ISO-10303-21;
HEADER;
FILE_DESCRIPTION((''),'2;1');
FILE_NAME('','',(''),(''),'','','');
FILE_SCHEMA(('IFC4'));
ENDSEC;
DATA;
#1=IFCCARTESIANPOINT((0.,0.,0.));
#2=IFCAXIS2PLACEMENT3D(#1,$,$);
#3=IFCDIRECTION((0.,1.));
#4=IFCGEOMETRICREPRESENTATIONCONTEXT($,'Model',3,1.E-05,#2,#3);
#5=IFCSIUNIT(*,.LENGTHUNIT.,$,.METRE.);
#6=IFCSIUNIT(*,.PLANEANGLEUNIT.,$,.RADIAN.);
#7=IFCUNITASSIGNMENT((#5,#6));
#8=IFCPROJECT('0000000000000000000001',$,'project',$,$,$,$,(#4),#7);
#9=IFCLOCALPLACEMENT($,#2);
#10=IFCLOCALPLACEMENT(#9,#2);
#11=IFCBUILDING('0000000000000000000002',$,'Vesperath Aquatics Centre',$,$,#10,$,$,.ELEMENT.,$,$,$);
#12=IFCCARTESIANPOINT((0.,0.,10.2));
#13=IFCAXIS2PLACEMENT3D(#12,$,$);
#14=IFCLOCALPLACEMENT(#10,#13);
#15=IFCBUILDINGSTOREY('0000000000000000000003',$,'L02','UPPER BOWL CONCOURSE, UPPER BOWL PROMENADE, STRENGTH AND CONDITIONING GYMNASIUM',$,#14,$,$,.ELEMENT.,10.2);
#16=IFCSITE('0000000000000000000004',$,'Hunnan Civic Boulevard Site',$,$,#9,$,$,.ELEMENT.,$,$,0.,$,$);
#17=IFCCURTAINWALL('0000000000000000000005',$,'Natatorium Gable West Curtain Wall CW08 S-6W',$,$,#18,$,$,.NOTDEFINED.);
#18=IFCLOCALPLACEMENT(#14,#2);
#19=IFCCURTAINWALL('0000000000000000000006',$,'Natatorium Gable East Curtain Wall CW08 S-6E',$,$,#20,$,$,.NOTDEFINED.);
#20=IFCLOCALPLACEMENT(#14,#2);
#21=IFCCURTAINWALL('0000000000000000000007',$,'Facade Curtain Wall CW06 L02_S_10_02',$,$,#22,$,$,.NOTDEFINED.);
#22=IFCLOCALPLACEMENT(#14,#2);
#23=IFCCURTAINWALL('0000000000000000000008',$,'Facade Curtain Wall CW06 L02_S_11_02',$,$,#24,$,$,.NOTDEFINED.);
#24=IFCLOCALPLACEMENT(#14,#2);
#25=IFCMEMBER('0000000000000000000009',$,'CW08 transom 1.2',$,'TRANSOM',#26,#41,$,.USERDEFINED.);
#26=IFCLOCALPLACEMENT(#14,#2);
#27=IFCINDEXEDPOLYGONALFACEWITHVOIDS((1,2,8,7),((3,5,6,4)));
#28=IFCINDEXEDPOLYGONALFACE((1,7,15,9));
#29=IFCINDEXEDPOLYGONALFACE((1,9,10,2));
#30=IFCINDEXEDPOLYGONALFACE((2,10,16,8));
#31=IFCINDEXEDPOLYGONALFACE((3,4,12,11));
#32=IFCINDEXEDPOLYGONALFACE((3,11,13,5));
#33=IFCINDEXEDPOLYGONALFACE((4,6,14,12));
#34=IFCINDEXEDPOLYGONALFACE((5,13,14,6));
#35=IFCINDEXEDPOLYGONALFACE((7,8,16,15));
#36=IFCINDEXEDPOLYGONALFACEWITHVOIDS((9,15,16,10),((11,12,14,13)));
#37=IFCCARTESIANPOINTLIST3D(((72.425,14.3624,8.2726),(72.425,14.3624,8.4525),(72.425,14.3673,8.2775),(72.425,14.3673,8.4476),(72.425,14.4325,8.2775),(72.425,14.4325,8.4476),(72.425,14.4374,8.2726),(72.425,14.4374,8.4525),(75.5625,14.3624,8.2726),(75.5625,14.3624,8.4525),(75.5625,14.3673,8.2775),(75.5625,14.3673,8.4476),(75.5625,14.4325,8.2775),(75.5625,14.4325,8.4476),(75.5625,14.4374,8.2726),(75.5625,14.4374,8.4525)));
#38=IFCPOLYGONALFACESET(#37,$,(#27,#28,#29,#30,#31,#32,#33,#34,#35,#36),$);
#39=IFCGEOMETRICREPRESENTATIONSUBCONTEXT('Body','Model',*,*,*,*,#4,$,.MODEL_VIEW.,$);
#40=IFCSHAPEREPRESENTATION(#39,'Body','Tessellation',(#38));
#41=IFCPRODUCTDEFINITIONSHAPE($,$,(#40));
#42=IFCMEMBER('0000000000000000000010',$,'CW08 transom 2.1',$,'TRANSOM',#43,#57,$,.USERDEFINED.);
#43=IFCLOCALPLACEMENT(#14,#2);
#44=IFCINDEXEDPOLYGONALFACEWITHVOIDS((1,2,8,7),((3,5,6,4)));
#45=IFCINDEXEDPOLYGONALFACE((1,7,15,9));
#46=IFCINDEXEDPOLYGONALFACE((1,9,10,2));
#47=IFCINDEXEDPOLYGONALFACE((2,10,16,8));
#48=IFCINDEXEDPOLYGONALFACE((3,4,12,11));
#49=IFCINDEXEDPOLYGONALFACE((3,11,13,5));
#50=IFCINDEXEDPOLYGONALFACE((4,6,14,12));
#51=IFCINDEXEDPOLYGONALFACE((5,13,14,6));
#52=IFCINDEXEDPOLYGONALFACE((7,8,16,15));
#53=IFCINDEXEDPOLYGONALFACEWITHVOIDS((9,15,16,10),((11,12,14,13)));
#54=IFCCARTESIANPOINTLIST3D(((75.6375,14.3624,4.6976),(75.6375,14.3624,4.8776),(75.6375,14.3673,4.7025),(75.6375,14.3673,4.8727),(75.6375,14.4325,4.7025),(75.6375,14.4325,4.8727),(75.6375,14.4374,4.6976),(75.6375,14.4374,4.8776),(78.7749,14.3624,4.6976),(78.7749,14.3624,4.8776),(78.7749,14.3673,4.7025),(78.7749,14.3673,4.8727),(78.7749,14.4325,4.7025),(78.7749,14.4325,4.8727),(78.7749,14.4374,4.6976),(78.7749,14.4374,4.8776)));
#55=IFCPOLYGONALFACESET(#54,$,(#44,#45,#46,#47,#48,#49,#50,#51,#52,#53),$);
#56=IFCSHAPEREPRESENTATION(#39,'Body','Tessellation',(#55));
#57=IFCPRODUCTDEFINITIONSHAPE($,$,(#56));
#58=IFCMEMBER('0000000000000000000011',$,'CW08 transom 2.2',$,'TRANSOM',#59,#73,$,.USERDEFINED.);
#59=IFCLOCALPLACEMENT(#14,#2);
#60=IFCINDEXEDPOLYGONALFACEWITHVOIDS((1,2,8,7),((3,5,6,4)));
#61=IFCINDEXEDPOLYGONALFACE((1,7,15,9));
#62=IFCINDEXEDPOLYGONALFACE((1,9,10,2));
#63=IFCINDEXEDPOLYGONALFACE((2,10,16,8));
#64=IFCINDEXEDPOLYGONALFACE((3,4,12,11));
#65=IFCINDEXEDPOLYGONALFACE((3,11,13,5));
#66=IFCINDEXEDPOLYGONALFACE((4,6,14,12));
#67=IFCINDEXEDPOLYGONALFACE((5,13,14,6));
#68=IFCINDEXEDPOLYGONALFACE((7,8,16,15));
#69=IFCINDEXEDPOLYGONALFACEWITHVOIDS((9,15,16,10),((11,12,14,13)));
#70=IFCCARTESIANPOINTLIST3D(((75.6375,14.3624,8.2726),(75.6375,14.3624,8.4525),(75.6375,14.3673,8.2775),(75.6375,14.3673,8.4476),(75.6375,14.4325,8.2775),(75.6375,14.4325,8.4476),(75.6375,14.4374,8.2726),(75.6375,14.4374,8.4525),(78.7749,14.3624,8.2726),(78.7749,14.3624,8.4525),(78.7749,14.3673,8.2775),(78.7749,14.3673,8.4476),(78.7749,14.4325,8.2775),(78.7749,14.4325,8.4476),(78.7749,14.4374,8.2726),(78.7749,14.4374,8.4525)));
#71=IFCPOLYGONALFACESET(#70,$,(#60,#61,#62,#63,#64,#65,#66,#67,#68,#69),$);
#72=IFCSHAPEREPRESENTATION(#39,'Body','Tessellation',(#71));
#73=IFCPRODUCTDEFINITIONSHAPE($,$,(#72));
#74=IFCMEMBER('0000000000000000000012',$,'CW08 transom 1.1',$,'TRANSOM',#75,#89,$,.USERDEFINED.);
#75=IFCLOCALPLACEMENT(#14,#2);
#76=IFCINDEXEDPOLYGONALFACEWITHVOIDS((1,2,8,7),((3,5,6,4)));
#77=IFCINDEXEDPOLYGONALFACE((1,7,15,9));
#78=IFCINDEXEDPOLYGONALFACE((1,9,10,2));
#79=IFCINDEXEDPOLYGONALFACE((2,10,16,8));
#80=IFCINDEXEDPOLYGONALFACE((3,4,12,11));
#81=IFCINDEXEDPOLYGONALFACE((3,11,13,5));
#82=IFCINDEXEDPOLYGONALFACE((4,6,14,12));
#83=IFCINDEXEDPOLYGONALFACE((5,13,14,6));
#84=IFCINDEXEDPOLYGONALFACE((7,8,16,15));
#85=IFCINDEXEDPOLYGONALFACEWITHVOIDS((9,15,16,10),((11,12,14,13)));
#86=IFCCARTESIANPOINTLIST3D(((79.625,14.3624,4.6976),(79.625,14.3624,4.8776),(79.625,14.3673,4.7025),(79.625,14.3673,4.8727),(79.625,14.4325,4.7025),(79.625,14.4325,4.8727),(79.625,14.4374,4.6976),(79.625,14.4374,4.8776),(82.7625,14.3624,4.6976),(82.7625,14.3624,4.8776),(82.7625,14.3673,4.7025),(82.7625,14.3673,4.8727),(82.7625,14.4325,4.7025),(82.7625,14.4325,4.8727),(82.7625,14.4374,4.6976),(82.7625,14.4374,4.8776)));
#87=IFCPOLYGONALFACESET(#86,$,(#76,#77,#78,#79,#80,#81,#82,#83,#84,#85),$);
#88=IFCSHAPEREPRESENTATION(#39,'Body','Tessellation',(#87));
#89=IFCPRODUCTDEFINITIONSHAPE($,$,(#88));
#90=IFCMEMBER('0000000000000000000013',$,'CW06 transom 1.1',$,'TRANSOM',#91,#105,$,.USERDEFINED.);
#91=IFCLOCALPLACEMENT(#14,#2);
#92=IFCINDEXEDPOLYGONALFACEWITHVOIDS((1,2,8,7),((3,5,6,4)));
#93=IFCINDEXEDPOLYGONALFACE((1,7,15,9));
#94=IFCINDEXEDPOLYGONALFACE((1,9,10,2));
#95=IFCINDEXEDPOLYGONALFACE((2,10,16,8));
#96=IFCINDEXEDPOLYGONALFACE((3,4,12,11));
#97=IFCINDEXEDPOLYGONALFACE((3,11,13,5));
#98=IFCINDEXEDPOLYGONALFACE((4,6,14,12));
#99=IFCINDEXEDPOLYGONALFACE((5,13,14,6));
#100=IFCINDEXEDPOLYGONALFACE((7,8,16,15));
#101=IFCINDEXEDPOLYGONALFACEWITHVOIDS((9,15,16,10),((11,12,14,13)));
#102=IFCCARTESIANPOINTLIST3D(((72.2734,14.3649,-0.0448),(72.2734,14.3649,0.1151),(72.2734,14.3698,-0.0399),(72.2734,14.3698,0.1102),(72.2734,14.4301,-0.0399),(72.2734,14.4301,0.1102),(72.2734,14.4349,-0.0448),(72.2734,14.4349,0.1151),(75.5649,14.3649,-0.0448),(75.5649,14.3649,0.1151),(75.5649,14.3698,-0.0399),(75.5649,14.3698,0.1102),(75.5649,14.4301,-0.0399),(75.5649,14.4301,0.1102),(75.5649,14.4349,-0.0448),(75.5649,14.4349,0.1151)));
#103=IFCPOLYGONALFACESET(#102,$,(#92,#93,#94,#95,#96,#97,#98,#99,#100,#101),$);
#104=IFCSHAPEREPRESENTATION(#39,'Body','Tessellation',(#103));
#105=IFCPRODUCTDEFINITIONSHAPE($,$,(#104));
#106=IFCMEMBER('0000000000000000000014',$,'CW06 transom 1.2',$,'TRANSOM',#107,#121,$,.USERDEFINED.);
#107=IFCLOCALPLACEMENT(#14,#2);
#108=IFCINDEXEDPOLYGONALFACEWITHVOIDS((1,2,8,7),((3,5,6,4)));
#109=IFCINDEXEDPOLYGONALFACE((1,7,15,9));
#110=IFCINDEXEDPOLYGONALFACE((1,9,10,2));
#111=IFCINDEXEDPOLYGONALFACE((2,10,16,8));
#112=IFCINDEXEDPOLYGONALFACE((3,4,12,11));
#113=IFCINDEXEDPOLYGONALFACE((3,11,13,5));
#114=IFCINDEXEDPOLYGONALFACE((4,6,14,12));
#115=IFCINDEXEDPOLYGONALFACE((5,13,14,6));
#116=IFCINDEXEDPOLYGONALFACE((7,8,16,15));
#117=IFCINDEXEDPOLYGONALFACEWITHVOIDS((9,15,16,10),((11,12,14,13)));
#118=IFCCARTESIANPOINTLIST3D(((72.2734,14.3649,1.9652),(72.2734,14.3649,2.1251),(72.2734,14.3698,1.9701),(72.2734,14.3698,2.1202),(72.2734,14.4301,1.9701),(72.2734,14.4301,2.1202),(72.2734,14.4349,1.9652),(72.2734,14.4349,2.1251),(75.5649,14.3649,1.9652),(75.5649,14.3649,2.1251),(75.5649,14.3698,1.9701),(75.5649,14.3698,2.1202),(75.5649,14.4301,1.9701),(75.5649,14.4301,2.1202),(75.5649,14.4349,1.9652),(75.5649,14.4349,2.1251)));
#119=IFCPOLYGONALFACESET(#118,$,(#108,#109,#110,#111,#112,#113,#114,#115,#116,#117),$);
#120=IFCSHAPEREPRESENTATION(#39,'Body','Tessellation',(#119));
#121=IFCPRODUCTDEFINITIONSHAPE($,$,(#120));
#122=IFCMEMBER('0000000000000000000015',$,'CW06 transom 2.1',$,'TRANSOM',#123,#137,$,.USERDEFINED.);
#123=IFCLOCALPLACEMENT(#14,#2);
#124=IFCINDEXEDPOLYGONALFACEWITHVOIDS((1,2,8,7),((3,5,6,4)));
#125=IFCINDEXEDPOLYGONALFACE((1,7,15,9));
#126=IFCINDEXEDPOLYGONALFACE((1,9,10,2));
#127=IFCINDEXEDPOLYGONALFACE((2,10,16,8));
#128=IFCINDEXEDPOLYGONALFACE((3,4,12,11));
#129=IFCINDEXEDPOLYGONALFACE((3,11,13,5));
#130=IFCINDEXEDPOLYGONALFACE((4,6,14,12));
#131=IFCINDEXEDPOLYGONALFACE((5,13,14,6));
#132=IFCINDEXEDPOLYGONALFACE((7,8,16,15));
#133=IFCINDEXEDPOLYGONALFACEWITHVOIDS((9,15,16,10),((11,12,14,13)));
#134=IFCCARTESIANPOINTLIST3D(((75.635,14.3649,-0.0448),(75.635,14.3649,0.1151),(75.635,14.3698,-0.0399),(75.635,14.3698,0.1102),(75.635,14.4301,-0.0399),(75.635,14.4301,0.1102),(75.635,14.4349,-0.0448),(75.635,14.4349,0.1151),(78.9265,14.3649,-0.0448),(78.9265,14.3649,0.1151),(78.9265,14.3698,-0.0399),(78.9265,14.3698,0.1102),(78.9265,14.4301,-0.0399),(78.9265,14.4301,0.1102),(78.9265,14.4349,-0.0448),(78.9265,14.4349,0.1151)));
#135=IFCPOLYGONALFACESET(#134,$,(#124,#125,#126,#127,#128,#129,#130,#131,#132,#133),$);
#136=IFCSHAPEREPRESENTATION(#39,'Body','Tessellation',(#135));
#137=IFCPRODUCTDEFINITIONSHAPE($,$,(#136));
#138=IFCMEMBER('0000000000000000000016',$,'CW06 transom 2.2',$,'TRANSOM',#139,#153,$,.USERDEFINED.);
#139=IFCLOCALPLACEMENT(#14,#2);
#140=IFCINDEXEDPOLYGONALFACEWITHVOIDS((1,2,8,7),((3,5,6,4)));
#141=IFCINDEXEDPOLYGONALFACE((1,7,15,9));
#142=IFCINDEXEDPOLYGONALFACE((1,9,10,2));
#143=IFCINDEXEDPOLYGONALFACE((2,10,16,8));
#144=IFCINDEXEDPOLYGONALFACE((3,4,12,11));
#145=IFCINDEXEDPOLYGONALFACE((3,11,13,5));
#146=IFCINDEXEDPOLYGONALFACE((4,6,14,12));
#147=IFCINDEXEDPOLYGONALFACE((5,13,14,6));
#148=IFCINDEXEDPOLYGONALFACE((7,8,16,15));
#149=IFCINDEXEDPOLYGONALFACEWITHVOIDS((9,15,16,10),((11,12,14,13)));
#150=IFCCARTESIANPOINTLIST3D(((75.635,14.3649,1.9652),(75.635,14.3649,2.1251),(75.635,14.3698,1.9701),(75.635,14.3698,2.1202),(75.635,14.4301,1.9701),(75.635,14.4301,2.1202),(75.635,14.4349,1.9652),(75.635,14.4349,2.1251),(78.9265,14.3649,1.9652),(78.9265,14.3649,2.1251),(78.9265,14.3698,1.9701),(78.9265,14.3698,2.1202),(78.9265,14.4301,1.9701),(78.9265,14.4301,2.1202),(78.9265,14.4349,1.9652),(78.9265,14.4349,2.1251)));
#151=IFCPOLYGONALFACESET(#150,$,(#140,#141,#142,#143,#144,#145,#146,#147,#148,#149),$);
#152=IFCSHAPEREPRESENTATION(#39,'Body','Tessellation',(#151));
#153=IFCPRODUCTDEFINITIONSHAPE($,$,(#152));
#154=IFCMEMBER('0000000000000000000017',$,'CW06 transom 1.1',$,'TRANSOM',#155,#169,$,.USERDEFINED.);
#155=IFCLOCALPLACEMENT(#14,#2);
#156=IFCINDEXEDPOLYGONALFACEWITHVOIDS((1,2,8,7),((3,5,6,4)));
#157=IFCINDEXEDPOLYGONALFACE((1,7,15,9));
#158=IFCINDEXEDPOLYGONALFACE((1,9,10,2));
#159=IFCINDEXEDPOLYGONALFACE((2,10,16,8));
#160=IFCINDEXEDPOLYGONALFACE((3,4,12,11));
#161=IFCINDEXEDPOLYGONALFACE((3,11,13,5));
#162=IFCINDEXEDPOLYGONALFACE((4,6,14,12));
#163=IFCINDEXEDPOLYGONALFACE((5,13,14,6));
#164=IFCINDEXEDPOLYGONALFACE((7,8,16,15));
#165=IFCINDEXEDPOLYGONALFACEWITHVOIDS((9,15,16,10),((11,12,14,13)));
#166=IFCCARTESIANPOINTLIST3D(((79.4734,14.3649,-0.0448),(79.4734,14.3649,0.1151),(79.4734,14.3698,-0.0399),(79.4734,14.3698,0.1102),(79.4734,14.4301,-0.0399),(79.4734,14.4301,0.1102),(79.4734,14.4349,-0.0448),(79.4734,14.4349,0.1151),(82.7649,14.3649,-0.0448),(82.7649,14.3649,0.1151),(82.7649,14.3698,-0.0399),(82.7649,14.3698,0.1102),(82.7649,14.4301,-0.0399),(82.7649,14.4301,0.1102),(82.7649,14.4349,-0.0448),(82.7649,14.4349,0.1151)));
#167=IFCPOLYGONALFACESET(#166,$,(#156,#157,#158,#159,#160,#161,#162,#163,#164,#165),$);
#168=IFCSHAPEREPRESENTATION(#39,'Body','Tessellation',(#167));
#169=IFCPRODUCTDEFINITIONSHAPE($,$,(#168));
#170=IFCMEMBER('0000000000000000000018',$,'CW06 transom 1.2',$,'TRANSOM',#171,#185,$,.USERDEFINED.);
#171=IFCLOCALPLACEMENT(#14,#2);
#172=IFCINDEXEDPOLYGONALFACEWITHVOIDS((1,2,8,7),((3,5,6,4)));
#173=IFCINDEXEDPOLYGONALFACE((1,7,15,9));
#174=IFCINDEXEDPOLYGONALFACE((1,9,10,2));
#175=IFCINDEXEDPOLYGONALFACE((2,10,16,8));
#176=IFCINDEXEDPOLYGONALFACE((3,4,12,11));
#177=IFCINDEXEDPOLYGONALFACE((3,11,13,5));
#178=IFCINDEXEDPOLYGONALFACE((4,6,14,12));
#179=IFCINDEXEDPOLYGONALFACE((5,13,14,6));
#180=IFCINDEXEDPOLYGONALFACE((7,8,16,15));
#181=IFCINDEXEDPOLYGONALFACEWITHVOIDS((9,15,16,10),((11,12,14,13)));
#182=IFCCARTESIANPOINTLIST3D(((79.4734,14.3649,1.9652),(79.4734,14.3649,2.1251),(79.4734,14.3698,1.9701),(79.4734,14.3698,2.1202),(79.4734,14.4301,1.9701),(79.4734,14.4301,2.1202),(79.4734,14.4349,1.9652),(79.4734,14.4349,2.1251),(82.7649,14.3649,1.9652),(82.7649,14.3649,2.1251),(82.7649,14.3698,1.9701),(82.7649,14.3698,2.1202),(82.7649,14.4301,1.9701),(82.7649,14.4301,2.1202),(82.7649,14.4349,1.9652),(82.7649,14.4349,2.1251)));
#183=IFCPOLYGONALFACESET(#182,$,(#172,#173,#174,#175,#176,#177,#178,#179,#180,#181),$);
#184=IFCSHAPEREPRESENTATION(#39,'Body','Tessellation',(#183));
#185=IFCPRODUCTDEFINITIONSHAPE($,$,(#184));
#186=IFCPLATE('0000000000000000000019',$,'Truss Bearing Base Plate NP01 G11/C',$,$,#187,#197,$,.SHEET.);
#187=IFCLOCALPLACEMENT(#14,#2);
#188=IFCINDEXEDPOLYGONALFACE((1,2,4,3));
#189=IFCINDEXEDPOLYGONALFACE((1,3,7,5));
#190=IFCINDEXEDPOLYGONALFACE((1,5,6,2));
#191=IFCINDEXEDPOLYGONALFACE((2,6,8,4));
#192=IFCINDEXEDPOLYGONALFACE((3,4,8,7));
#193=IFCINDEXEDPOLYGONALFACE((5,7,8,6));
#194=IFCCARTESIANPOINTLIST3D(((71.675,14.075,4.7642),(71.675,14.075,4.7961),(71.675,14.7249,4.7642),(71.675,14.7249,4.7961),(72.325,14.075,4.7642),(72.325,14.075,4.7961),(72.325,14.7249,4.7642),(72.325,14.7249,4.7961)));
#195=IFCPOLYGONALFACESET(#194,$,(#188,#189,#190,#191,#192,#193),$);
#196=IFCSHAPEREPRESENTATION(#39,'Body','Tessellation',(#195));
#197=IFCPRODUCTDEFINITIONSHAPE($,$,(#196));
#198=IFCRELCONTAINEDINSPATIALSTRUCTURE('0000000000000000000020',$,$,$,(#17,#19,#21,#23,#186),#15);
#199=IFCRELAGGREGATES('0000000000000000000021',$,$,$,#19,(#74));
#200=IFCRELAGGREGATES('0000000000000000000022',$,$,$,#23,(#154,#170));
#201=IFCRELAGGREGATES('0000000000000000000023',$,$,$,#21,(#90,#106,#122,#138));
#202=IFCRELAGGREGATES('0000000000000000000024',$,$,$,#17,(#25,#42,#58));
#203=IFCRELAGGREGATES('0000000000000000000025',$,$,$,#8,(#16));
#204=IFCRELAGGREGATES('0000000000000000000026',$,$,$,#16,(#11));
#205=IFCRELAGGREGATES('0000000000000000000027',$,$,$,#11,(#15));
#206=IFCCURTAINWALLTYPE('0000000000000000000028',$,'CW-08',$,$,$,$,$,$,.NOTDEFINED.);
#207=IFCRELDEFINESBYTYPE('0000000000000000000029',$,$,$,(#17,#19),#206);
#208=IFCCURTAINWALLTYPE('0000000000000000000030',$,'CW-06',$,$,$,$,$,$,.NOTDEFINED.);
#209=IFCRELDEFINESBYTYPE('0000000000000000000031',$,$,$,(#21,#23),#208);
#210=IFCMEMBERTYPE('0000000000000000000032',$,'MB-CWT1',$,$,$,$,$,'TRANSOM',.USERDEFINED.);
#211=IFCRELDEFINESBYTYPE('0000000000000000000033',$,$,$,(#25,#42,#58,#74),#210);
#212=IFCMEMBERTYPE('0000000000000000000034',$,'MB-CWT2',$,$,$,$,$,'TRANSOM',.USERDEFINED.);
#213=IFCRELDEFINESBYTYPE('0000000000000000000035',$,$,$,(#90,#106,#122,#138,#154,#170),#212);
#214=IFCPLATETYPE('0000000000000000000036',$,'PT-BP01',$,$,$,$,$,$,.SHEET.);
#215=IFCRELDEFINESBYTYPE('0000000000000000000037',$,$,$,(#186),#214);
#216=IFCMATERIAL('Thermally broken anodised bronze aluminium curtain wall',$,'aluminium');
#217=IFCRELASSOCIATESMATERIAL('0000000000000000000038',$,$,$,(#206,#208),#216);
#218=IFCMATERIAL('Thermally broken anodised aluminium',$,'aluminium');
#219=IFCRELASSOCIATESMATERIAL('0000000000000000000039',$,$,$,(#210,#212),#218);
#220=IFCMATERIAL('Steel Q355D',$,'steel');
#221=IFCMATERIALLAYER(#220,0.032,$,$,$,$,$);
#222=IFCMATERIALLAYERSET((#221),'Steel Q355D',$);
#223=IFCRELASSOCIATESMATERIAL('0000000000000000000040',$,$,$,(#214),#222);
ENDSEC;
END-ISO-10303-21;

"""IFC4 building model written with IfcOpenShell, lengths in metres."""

from ifc_helpers import new_model, si_unit, direction, frame, origin, origin_2d, place, context, subcontext, project, spatial, rectangle, hollow_rectangle, extrude, material, layer, layer_set, material_profile, profile_set, type_object, element, aggregate, save


model = new_model("IFC4")

# Units and contexts
model_context = context("Model", 3, precision=1e-05, world=origin(), true_north=direction((0.0, 1.0)))
body_context = subcontext(model_context, "Body", "Model", "MODEL_VIEW")
ifc_project = project(units=[si_unit("LENGTHUNIT", "METRE"), si_unit("PLANEANGLEUNIT", "RADIAN")], contexts=[model_context])

# Site, building, storey
site_placement = place(None, origin())
site = spatial("IfcSite", under=ifc_project, at=site_placement, Name="Hunnan Civic Boulevard Site", CompositionType="ELEMENT", RefElevation=0.0)
building_placement = place(site_placement, origin())
building = spatial("IfcBuilding", under=site, at=building_placement, Name="Vesperath Aquatics Centre", CompositionType="ELEMENT")
storey_placement = place(building_placement, frame((0.0, 0.0, 10.2)))
storey = spatial("IfcBuildingStorey", under=building, at=storey_placement, Name="L02", Description="UPPER BOWL CONCOURSE, UPPER BOWL PROMENADE, STRENGTH AND CONDITIONING GYMNASIUM", CompositionType="ELEMENT", Elevation=10.2)

# Shared definitions
ifc_material_1 = material(Name="Steel Q355D", Category="steel")

# Shared definitions
ifc_material_2 = material(Name="Thermally broken anodised bronze aluminium curtain wall", Category="aluminium")
curtain_wall_type_1 = type_object("IfcCurtainWallType", Name="CW-08", PredefinedType="NOTDEFINED", material=ifc_material_2)
ifc_material_3 = material(Name="Thermally broken anodised aluminium", Category="aluminium")

# Curtain wall
curtain_wall_1_placement = place(storey_placement, origin())
curtain_wall_1 = element("IfcCurtainWall", 1, at=curtain_wall_1_placement, inside=storey, type_object=curtain_wall_type_1, Name="Natatorium Gable West Curtain Wall CW08 S-6W", PredefinedType="NOTDEFINED")

# Curtain wall
curtain_wall_2_placement = place(storey_placement, origin())
curtain_wall_2 = element("IfcCurtainWall", 2, at=curtain_wall_2_placement, inside=storey, type_object=curtain_wall_type_1, Name="Natatorium Gable East Curtain Wall CW08 S-6E", PredefinedType="NOTDEFINED")
curtain_wall_type_2 = type_object("IfcCurtainWallType", Name="CW-06", PredefinedType="NOTDEFINED", material=ifc_material_2)

# Curtain wall
curtain_wall_3_placement = place(storey_placement, origin())
curtain_wall_3 = element("IfcCurtainWall", 3, at=curtain_wall_3_placement, inside=storey, type_object=curtain_wall_type_2, Name="Facade Curtain Wall CW06 L02_S_10_02", PredefinedType="NOTDEFINED")

# Curtain wall
curtain_wall_4_placement = place(storey_placement, origin())
curtain_wall_4 = element("IfcCurtainWall", 4, at=curtain_wall_4_placement, inside=storey, type_object=curtain_wall_type_2, Name="Facade Curtain Wall CW06 L02_S_11_02", PredefinedType="NOTDEFINED")

# Members
ifc_material_profile_1 = material_profile(ifc_material_3, hollow_rectangle(XDim=0.075, YDim=0.1799, WallThickness=0.0049, at=origin_2d()), Name="CWT 75x180x5")
ifc_profile_set_1 = profile_set([ifc_material_profile_1], Name="Thermally broken anodised aluminium")
member_type_1 = type_object("IfcMemberType", Name="MB-CWT1", ElementType="TRANSOM", PredefinedType="USERDEFINED", material=ifc_profile_set_1)
member_1_placement = place(storey_placement, frame((72.425, 14.3999, 8.3625), z_axis=(1.0, 0.0, 0.0), x_axis=(0.0, 1.0, 0.0)))
member_1 = element("IfcMember", 5, at=member_1_placement, type_object=member_type_1, Name="CW08 transom 1.2", ObjectType="TRANSOM", PredefinedType="USERDEFINED", context=body_context, shape_type="SweptSolid", body=[
    extrude(hollow_rectangle(XDim=0.075, YDim=0.1799, WallThickness=0.0049, at=origin_2d()), origin(), (0.0, 0.0, 1.0), 3.1375),
])
member_2_placement = place(storey_placement, frame((75.6375, 14.3999, 4.7876), z_axis=(1.0, 0.0, 0.0), x_axis=(0.0, 1.0, 0.0)))
member_2 = element("IfcMember", 6, at=member_2_placement, type_object=member_type_1, Name="CW08 transom 2.1", ObjectType="TRANSOM", PredefinedType="USERDEFINED", context=body_context, shape_type="SweptSolid", body=[
    extrude(hollow_rectangle(XDim=0.075, YDim=0.1799, WallThickness=0.0049, at=origin_2d()), origin(), (0.0, 0.0, 1.0), 3.1375),
])
member_3_placement = place(storey_placement, frame((75.6375, 14.3999, 8.3625), z_axis=(1.0, 0.0, 0.0), x_axis=(0.0, 1.0, 0.0)))
member_3 = element("IfcMember", 7, at=member_3_placement, type_object=member_type_1, Name="CW08 transom 2.2", ObjectType="TRANSOM", PredefinedType="USERDEFINED", context=body_context, shape_type="SweptSolid", body=[
    extrude(hollow_rectangle(XDim=0.075, YDim=0.1799, WallThickness=0.0049, at=origin_2d()), origin(), (0.0, 0.0, 1.0), 3.1375),
])
member_4_placement = place(storey_placement, frame((79.625, 14.3999, 4.7876), z_axis=(1.0, 0.0, 0.0), x_axis=(0.0, 1.0, 0.0)))
member_4 = element("IfcMember", 8, at=member_4_placement, type_object=member_type_1, Name="CW08 transom 1.1", ObjectType="TRANSOM", PredefinedType="USERDEFINED", context=body_context, shape_type="SweptSolid", body=[
    extrude(hollow_rectangle(XDim=0.075, YDim=0.1799, WallThickness=0.0049, at=origin_2d()), origin(), (0.0, 0.0, 1.0), 3.1375),
])
aggregate(curtain_wall_2, [member_4])
ifc_material_profile_2 = material_profile(ifc_material_3, hollow_rectangle(XDim=0.0701, YDim=0.1599, WallThickness=0.0049, at=origin_2d()), Name="CWT 70x160x5")
ifc_profile_set_2 = profile_set([ifc_material_profile_2], Name="Thermally broken anodised aluminium")
member_type_2 = type_object("IfcMemberType", Name="MB-CWT2", ElementType="TRANSOM", PredefinedType="USERDEFINED", material=ifc_profile_set_2)
member_5_placement = place(storey_placement, frame((72.2734, 14.3999, 0.0352), z_axis=(1.0, 0.0, 0.0), x_axis=(0.0, 1.0, 0.0)))
member_5 = element("IfcMember", 9, at=member_5_placement, type_object=member_type_2, Name="CW06 transom 1.1", ObjectType="TRANSOM", PredefinedType="USERDEFINED", context=body_context, shape_type="SweptSolid", body=[
    extrude(hollow_rectangle(XDim=0.0701, YDim=0.1599, WallThickness=0.0049, at=origin_2d()), origin(), (0.0, 0.0, 1.0), 3.2915),
])
member_6_placement = place(storey_placement, frame((72.2734, 14.3999, 2.0452), z_axis=(1.0, 0.0, 0.0), x_axis=(0.0, 1.0, 0.0)))
member_6 = element("IfcMember", 10, at=member_6_placement, type_object=member_type_2, Name="CW06 transom 1.2", ObjectType="TRANSOM", PredefinedType="USERDEFINED", context=body_context, shape_type="SweptSolid", body=[
    extrude(hollow_rectangle(XDim=0.0701, YDim=0.1599, WallThickness=0.0049, at=origin_2d()), origin(), (0.0, 0.0, 1.0), 3.2915),
])
member_7_placement = place(storey_placement, frame((75.635, 14.3999, 0.0352), z_axis=(1.0, 0.0, 0.0), x_axis=(0.0, 1.0, 0.0)))
member_7 = element("IfcMember", 11, at=member_7_placement, type_object=member_type_2, Name="CW06 transom 2.1", ObjectType="TRANSOM", PredefinedType="USERDEFINED", context=body_context, shape_type="SweptSolid", body=[
    extrude(hollow_rectangle(XDim=0.0701, YDim=0.1599, WallThickness=0.0049, at=origin_2d()), origin(), (0.0, 0.0, 1.0), 3.2915),
])
member_8_placement = place(storey_placement, frame((75.635, 14.3999, 2.0452), z_axis=(1.0, 0.0, 0.0), x_axis=(0.0, 1.0, 0.0)))
member_8 = element("IfcMember", 12, at=member_8_placement, type_object=member_type_2, Name="CW06 transom 2.2", ObjectType="TRANSOM", PredefinedType="USERDEFINED", context=body_context, shape_type="SweptSolid", body=[
    extrude(hollow_rectangle(XDim=0.0701, YDim=0.1599, WallThickness=0.0049, at=origin_2d()), origin(), (0.0, 0.0, 1.0), 3.2915),
])
member_9_placement = place(storey_placement, frame((79.4734, 14.3999, 0.0352), z_axis=(1.0, 0.0, 0.0), x_axis=(0.0, 1.0, 0.0)))
member_9 = element("IfcMember", 13, at=member_9_placement, type_object=member_type_2, Name="CW06 transom 1.1", ObjectType="TRANSOM", PredefinedType="USERDEFINED", context=body_context, shape_type="SweptSolid", body=[
    extrude(hollow_rectangle(XDim=0.0701, YDim=0.1599, WallThickness=0.0049, at=origin_2d()), origin(), (0.0, 0.0, 1.0), 3.2915),
])
member_10_placement = place(storey_placement, frame((79.4734, 14.3999, 2.0452), z_axis=(1.0, 0.0, 0.0), x_axis=(0.0, 1.0, 0.0)))
member_10 = element("IfcMember", 14, at=member_10_placement, type_object=member_type_2, Name="CW06 transom 1.2", ObjectType="TRANSOM", PredefinedType="USERDEFINED", context=body_context, shape_type="SweptSolid", body=[
    extrude(hollow_rectangle(XDim=0.0701, YDim=0.1599, WallThickness=0.0049, at=origin_2d()), origin(), (0.0, 0.0, 1.0), 3.2915),
])
aggregate(curtain_wall_4, [member_9, member_10])

# Plate
ifc_layer_1 = layer(ifc_material_1, 0.032)
ifc_layer_set_1 = layer_set([ifc_layer_1], Name="Steel Q355D")
plate_type_1 = type_object("IfcPlateType", Name="PT-BP01", PredefinedType="SHEET", material=ifc_layer_set_1)
plate_1_placement = place(storey_placement, frame((72.0, 14.3999, 4.7642), z_axis=(0.0, 0.0, 1.0), x_axis=(1.0, 0.0, 0.0)))
element("IfcPlate", 15, at=plate_1_placement, inside=storey, type_object=plate_type_1, Name="Truss Bearing Base Plate NP01 G11/C", PredefinedType="SHEET", context=body_context, shape_type="SweptSolid", body=[
    extrude(rectangle(XDim=0.6499, YDim=0.6499, at=origin_2d()), origin(), (0.0, 0.0, 1.0), 0.032),
])
aggregate(curtain_wall_3, [member_5, member_6, member_7, member_8])
aggregate(curtain_wall_1, [member_1, member_2, member_3])

save(model, "model.ifc")
